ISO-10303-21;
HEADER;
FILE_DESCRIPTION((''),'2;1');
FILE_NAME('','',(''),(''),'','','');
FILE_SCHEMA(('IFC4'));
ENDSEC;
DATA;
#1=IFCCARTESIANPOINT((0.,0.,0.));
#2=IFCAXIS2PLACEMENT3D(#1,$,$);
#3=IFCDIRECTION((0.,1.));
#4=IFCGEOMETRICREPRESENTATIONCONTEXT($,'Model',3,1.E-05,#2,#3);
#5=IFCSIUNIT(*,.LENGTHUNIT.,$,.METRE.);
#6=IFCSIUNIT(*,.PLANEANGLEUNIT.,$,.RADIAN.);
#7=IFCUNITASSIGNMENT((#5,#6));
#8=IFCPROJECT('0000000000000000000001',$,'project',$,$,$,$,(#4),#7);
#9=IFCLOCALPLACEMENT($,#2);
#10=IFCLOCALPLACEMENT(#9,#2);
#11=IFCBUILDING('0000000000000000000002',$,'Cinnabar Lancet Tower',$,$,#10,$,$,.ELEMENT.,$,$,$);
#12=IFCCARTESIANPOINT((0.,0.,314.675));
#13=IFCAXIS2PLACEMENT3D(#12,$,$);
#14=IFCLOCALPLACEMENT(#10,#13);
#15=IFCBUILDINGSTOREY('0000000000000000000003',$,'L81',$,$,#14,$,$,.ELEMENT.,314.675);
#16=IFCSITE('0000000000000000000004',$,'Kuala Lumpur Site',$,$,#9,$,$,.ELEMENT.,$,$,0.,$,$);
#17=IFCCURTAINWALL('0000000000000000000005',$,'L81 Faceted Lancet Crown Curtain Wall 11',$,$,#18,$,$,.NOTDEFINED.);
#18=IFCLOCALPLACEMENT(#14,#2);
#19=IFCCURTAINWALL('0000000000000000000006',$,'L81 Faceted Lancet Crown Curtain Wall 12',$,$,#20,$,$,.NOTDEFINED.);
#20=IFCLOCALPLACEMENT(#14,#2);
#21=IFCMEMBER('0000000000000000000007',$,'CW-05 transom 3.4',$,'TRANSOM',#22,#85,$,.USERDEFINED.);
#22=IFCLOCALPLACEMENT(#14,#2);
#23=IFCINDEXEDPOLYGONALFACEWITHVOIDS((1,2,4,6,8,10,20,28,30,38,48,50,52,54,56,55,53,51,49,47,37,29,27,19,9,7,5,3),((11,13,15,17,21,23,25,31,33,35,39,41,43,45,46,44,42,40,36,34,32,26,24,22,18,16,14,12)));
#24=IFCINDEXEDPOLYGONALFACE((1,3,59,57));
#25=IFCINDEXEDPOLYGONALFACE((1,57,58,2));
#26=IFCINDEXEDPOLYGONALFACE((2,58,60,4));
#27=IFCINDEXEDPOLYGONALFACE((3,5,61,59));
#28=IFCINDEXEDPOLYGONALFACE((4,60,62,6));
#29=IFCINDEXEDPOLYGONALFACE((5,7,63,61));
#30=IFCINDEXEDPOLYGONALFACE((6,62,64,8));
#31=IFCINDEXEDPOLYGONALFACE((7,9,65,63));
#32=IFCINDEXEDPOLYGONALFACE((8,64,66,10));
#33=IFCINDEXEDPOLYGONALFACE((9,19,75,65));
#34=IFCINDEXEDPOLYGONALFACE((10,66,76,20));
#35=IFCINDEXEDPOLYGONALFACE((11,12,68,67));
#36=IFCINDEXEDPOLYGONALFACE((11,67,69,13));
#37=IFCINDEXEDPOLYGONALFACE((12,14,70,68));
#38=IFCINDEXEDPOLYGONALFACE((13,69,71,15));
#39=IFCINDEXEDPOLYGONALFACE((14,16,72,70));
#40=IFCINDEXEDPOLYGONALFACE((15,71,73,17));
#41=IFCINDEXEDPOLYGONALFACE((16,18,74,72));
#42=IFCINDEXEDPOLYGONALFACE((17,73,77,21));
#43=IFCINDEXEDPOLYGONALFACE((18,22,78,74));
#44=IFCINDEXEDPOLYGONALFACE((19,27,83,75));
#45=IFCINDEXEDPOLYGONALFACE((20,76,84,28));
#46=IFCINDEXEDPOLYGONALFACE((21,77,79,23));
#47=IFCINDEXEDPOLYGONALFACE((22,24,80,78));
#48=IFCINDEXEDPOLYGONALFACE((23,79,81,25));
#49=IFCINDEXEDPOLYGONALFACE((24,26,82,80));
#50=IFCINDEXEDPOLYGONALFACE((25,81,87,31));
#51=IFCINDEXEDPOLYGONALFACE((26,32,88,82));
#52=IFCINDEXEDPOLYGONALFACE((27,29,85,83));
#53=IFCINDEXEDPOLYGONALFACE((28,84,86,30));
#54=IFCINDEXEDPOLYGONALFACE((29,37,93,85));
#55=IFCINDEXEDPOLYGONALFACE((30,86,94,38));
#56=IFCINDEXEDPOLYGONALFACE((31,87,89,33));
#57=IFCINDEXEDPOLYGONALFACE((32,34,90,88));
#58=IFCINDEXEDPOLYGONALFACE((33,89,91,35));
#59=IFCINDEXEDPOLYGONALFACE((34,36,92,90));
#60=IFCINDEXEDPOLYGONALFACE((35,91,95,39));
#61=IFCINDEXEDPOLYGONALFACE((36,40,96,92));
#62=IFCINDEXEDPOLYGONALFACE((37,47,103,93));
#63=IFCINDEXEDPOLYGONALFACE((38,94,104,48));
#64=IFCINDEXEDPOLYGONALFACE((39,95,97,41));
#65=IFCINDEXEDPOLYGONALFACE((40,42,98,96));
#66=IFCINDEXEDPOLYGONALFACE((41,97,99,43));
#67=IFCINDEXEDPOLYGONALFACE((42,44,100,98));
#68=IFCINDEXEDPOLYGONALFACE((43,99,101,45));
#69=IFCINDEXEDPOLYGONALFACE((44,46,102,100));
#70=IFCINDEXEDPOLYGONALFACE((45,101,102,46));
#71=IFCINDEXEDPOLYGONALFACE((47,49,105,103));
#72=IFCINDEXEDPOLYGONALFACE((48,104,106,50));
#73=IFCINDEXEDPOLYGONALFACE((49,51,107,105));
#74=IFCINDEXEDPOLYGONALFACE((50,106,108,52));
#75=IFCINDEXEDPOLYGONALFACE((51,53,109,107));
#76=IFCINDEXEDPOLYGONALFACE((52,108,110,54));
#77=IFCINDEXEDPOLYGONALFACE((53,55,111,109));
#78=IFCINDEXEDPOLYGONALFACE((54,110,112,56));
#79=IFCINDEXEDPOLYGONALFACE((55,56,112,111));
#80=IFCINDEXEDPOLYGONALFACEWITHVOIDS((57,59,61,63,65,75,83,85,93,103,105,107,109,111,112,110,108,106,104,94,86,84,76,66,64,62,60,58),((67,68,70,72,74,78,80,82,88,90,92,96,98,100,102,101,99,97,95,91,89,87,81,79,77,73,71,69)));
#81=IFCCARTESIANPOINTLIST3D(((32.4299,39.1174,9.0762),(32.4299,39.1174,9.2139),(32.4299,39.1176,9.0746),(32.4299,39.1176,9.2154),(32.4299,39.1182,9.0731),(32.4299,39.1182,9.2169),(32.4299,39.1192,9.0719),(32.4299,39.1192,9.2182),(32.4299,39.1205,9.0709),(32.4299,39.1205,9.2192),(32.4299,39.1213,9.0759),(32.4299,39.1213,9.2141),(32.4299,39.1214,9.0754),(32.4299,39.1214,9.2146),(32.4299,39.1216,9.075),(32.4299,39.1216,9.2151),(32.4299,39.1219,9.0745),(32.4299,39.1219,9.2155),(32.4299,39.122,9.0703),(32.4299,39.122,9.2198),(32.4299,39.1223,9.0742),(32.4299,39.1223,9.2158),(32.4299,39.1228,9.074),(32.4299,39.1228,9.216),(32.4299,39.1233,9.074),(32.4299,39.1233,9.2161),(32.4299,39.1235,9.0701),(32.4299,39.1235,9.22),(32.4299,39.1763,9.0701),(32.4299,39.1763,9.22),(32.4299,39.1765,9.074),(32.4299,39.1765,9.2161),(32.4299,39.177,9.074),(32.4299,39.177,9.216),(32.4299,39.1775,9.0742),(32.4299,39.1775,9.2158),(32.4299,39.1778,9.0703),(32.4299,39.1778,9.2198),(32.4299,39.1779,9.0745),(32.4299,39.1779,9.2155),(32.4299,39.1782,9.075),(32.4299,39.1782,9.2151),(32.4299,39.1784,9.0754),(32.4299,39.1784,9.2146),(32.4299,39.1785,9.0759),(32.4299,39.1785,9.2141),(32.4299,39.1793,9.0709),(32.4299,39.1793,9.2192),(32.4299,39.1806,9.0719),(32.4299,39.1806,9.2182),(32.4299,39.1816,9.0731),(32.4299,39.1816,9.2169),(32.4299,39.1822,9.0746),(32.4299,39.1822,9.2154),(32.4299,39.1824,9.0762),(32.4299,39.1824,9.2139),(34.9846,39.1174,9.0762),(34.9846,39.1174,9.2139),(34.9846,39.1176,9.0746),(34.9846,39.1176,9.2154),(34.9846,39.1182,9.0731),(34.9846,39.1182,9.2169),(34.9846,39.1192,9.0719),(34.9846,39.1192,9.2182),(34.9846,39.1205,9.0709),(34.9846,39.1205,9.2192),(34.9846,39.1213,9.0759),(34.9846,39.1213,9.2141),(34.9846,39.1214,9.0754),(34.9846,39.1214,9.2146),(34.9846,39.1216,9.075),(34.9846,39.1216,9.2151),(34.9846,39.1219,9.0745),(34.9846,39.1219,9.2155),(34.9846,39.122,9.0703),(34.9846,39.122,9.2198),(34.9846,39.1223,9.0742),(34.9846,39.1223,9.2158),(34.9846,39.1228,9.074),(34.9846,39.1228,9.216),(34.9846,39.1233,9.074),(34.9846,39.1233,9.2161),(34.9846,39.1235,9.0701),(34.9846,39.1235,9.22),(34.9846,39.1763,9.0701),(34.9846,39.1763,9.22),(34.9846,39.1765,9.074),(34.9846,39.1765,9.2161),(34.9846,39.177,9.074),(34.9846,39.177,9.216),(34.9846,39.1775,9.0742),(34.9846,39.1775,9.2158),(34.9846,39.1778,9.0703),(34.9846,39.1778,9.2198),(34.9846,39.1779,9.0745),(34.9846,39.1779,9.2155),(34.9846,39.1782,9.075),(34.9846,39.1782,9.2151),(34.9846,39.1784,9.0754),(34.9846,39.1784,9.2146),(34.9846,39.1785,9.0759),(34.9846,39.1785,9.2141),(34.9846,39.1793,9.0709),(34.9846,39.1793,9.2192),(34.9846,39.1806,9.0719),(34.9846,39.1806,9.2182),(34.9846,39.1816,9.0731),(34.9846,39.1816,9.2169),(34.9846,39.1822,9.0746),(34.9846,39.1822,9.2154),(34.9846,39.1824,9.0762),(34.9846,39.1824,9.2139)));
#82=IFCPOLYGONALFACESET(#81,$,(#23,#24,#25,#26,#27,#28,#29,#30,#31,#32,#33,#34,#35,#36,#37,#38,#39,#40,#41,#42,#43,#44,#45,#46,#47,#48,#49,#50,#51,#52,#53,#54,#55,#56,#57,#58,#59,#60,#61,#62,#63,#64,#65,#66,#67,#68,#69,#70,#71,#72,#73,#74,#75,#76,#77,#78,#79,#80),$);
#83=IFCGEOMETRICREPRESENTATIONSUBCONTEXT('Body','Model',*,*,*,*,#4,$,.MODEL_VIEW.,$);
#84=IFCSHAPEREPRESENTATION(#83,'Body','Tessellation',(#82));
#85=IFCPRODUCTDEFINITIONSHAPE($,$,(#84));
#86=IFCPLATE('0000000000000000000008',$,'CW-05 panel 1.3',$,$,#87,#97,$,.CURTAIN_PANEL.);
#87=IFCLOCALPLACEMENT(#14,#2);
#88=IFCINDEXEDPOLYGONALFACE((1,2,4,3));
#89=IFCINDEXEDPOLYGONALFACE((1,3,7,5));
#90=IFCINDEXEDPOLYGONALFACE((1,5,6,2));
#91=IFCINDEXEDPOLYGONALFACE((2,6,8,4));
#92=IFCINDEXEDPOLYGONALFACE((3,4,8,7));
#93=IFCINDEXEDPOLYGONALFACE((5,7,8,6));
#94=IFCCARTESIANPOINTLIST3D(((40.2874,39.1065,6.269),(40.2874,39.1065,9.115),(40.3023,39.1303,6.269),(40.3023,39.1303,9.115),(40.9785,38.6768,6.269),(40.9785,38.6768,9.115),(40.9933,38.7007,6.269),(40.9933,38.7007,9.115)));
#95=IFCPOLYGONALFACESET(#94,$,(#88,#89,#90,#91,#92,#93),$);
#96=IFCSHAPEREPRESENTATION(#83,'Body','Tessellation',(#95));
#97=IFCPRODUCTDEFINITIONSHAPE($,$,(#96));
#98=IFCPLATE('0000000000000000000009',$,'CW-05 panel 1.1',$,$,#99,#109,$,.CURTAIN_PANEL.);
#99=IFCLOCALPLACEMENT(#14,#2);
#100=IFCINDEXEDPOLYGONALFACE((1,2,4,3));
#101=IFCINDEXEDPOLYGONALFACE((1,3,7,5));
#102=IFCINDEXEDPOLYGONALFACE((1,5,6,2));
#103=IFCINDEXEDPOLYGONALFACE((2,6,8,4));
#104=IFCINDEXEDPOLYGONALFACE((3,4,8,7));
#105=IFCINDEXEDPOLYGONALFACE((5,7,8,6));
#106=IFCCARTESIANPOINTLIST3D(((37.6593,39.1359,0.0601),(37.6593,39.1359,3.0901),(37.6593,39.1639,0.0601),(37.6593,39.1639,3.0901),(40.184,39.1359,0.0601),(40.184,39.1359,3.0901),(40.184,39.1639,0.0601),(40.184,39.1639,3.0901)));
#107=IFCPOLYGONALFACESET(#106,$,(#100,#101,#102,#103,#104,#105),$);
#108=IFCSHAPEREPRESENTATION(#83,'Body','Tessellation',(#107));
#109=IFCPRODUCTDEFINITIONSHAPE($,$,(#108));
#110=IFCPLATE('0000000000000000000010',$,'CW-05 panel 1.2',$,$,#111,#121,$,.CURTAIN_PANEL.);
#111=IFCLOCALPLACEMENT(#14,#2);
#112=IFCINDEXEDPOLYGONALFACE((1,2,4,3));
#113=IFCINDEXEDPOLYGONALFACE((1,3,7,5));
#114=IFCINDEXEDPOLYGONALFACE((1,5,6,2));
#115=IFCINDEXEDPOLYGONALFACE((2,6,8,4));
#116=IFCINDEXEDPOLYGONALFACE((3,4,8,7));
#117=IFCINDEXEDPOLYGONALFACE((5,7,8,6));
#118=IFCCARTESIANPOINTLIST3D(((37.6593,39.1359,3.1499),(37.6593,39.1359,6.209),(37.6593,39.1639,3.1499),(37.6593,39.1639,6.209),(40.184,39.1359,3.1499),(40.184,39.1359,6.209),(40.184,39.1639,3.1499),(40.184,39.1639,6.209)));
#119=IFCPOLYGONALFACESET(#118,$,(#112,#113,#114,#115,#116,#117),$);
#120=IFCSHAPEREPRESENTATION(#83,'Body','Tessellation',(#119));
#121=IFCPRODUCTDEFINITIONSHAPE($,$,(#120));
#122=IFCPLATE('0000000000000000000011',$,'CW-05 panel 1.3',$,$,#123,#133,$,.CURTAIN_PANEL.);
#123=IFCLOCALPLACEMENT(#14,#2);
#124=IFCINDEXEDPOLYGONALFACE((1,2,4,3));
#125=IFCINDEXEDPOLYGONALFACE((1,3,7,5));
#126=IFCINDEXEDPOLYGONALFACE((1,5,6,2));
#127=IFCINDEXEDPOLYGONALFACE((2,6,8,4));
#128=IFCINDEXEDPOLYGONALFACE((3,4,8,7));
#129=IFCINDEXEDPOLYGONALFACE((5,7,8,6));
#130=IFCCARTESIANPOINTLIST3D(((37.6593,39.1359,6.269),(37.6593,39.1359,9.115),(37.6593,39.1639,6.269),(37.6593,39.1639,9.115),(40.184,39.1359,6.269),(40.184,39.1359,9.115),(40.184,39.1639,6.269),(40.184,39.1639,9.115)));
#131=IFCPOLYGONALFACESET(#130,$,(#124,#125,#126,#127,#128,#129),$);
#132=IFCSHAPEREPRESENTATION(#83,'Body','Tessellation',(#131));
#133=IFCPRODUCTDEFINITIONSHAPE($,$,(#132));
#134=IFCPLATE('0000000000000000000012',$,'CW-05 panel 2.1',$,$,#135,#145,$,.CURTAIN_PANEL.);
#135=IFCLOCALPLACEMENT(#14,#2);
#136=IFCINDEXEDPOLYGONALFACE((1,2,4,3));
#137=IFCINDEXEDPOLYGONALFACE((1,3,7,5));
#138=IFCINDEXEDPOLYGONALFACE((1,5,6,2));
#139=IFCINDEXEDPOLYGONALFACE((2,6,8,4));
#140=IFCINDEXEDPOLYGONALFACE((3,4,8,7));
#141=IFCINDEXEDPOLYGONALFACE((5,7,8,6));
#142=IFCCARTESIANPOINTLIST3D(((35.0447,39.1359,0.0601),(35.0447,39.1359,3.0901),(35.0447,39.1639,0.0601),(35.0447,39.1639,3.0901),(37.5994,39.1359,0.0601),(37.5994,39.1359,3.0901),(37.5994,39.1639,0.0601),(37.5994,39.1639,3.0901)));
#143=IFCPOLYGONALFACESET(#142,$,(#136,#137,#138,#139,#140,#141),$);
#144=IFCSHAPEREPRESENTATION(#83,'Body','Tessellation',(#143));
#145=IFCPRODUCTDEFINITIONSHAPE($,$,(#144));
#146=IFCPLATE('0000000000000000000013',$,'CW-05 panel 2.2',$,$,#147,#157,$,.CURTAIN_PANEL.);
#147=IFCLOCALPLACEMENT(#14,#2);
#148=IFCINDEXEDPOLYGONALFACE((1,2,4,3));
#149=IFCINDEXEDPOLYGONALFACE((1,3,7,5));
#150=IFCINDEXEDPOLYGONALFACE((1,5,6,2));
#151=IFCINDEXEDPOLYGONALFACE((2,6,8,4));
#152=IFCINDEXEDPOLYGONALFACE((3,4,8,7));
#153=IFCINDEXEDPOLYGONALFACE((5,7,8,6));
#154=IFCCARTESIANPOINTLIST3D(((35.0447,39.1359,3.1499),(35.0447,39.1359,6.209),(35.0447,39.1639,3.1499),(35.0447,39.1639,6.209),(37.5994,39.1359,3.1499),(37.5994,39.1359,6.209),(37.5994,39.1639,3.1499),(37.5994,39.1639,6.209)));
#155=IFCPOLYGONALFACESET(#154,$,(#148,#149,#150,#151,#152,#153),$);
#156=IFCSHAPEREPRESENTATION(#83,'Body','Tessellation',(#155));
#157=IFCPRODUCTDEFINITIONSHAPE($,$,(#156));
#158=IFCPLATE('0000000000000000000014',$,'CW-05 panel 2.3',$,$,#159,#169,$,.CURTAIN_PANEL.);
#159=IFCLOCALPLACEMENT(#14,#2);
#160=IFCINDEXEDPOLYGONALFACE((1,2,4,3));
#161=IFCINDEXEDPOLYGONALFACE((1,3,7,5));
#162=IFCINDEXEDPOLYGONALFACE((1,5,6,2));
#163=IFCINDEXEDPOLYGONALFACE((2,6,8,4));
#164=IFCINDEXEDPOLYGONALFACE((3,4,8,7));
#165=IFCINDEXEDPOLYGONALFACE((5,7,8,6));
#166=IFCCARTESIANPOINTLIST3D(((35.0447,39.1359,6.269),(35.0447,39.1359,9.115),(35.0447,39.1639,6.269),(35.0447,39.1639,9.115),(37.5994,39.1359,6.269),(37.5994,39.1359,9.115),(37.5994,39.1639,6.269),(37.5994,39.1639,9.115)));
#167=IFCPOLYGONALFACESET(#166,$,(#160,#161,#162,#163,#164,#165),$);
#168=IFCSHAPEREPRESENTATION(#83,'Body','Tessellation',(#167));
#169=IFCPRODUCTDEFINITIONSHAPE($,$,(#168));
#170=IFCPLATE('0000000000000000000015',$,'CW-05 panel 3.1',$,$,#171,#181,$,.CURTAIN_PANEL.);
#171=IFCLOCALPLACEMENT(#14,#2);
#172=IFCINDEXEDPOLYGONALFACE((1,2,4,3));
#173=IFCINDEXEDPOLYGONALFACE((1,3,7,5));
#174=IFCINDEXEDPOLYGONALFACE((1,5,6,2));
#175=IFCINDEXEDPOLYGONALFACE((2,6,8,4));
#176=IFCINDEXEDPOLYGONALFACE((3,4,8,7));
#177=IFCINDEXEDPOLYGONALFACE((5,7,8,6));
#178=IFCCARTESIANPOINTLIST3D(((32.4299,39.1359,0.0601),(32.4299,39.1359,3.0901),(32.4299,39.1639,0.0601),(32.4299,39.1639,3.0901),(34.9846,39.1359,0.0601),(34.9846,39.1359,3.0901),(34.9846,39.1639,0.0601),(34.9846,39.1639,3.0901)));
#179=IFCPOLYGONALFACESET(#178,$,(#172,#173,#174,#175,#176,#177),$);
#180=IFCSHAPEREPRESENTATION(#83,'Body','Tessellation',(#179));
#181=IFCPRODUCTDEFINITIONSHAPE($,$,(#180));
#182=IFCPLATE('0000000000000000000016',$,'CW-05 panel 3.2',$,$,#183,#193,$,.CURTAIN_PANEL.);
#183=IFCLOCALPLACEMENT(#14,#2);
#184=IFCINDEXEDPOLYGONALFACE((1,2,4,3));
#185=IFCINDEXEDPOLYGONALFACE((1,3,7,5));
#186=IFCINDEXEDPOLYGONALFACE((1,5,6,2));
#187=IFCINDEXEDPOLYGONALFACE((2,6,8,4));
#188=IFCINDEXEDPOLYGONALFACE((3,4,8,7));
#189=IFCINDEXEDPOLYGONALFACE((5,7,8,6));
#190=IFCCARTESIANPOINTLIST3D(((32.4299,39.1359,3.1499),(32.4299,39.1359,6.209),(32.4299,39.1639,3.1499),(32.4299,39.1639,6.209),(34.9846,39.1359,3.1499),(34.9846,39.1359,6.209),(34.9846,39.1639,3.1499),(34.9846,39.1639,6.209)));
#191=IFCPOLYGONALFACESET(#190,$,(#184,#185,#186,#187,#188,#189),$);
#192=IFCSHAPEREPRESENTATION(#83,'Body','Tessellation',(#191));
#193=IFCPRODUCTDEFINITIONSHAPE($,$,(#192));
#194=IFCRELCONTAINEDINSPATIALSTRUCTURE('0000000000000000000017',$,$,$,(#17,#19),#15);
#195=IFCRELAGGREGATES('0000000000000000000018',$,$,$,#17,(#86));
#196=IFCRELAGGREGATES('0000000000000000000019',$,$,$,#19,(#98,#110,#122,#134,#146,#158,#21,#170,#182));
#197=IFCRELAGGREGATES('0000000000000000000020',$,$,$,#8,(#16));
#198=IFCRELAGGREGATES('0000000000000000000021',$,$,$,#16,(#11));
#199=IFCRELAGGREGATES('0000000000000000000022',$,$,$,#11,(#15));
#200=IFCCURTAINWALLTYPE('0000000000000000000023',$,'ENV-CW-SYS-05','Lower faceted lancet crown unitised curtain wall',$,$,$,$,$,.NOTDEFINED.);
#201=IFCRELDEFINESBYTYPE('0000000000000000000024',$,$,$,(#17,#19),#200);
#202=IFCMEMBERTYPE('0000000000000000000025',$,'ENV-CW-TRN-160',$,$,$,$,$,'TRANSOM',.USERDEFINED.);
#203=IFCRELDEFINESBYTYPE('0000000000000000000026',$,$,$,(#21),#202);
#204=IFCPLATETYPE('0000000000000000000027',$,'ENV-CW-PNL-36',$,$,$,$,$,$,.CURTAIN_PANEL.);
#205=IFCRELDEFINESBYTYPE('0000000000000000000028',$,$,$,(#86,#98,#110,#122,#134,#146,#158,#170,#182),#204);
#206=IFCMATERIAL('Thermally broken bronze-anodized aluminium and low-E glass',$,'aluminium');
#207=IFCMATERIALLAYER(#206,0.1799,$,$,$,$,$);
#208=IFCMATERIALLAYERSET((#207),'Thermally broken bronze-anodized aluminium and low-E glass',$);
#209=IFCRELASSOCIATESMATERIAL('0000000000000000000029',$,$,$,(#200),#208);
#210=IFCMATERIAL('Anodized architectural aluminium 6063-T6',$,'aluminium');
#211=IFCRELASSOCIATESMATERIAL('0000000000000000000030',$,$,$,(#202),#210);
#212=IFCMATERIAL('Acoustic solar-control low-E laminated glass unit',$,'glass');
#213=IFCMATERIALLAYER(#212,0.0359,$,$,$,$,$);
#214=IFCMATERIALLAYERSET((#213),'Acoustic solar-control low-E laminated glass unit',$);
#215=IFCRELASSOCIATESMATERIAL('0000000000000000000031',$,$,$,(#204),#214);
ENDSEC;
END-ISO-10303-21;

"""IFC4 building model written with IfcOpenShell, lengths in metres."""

from ifc_helpers import new_model, si_unit, direction, frame, origin, origin_2d, place, context, subcontext, project, spatial, rectangle, hollow_rectangle, extrude, material, layer, layer_set, material_profile, profile_set, type_object, element, aggregate, save


model = new_model("IFC4")

# Units and contexts
model_context = context("Model", 3, precision=1e-05, world=origin(), true_north=direction((0.0, 1.0)))
body_context = subcontext(model_context, "Body", "Model", "MODEL_VIEW")
ifc_project = project(units=[si_unit("LENGTHUNIT", "METRE"), si_unit("PLANEANGLEUNIT", "RADIAN")], contexts=[model_context])

# Site, building, storey
site_placement = place(None, origin())
site = spatial("IfcSite", under=ifc_project, at=site_placement, Name="Kuala Lumpur Site", CompositionType="ELEMENT", RefElevation=0.0)
building_placement = place(site_placement, origin())
building = spatial("IfcBuilding", under=site, at=building_placement, Name="Cinnabar Lancet Tower", CompositionType="ELEMENT")
storey_placement = place(building_placement, frame((0.0, 0.0, 314.675)))
storey = spatial("IfcBuildingStorey", under=building, at=storey_placement, Name="L81", CompositionType="ELEMENT", Elevation=314.675)

# Curtain wall
ifc_material_1 = material(Name="Thermally broken bronze-anodized aluminium and low-E glass", Category="aluminium")
ifc_layer_1 = layer(ifc_material_1, 0.1799)
ifc_layer_set_1 = layer_set([ifc_layer_1], Name="Thermally broken bronze-anodized aluminium and low-E glass")
curtain_wall_type = type_object("IfcCurtainWallType", Name="ENV-CW-SYS-05", Description="Lower faceted lancet crown unitised curtain wall", PredefinedType="NOTDEFINED", material=ifc_layer_set_1)
curtain_wall_1_placement = place(storey_placement, origin())
curtain_wall_1 = element("IfcCurtainWall", 1, at=curtain_wall_1_placement, inside=storey, type_object=curtain_wall_type, Name="L81 Faceted Lancet Crown Curtain Wall 11", PredefinedType="NOTDEFINED")

# Curtain wall, member
curtain_wall_2_placement = place(storey_placement, origin())
curtain_wall_2 = element("IfcCurtainWall", 2, at=curtain_wall_2_placement, inside=storey, type_object=curtain_wall_type, Name="L81 Faceted Lancet Crown Curtain Wall 12", PredefinedType="NOTDEFINED")
ifc_material_2 = material(Name="Anodized architectural aluminium 6063-T6", Category="aluminium")
ifc_material_profile_1 = material_profile(ifc_material_2, hollow_rectangle(XDim=0.0649, YDim=0.1499, WallThickness=0.0039, InnerFilletRadius=0.002, OuterFilletRadius=0.0061, at=origin_2d()), Name="CW-TRN 150x65x4")
ifc_profile_set_1 = profile_set([ifc_material_profile_1], Name="Anodized architectural aluminium 6063-T6")
member_type_1 = type_object("IfcMemberType", Name="ENV-CW-TRN-160", ElementType="TRANSOM", PredefinedType="USERDEFINED", material=ifc_profile_set_1)
member_1_placement = place(storey_placement, frame((34.9846, 39.1499, 9.145), z_axis=(-1.0, 0.0, 0.0), x_axis=(0.0, -1.0, 0.0)))
member_1 = element("IfcMember", 3, at=member_1_placement, type_object=member_type_1, Name="CW-05 transom 3.4", ObjectType="TRANSOM", PredefinedType="USERDEFINED", context=body_context, shape_type="SweptSolid", body=[
    extrude(hollow_rectangle(XDim=0.0649, YDim=0.1499, WallThickness=0.0039, InnerFilletRadius=0.002, OuterFilletRadius=0.0061, at=origin_2d()), origin(), (0.0, 0.0, 1.0), 2.5547),
])

# Plates
ifc_material_3 = material(Name="Acoustic solar-control low-E laminated glass unit", Category="glass")
ifc_layer_2 = layer(ifc_material_3, 0.0359)
ifc_layer_set_2 = layer_set([ifc_layer_2], Name="Acoustic solar-control low-E laminated glass unit")
plate_type = type_object("IfcPlateType", Name="ENV-CW-PNL-36", PredefinedType="CURTAIN_PANEL", material=ifc_layer_set_2)
plate_1_placement = place(storey_placement, frame((40.6404, 38.9036, 6.269), z_axis=(0.0, 0.0, 1.0), x_axis=(-0.849259, 0.527976, 0.0)))
plate_1 = element("IfcPlate", 4, at=plate_1_placement, type_object=plate_type, Name="CW-05 panel 1.3", PredefinedType="CURTAIN_PANEL", context=body_context, shape_type="SweptSolid", body=[
    extrude(rectangle(XDim=0.8137, YDim=0.0281, at=origin_2d()), origin(), (0.0, 0.0, 1.0), 2.8459),
])
aggregate(curtain_wall_1, [plate_1])
plate_2_placement = place(storey_placement, frame((38.9216, 39.1499, 0.0601), z_axis=(0.0, 0.0, 1.0), x_axis=(-1.0, 0.0, 0.0)))
plate_2 = element("IfcPlate", 5, at=plate_2_placement, type_object=plate_type, Name="CW-05 panel 1.1", PredefinedType="CURTAIN_PANEL", context=body_context, shape_type="SweptSolid", body=[
    extrude(rectangle(XDim=2.5247, YDim=0.0281, at=origin_2d()), origin(), (0.0, 0.0, 1.0), 3.03),
])
plate_3_placement = place(storey_placement, frame((38.9216, 39.1499, 3.1499), z_axis=(0.0, 0.0, 1.0), x_axis=(-1.0, 0.0, 0.0)))
plate_3 = element("IfcPlate", 6, at=plate_3_placement, type_object=plate_type, Name="CW-05 panel 1.2", PredefinedType="CURTAIN_PANEL", context=body_context, shape_type="SweptSolid", body=[
    extrude(rectangle(XDim=2.5247, YDim=0.0281, at=origin_2d()), origin(), (0.0, 0.0, 1.0), 3.0591),
])
plate_4_placement = place(storey_placement, frame((38.9216, 39.1499, 6.269), z_axis=(0.0, 0.0, 1.0), x_axis=(-1.0, 0.0, 0.0)))
plate_4 = element("IfcPlate", 7, at=plate_4_placement, type_object=plate_type, Name="CW-05 panel 1.3", PredefinedType="CURTAIN_PANEL", context=body_context, shape_type="SweptSolid", body=[
    extrude(rectangle(XDim=2.5247, YDim=0.0281, at=origin_2d()), origin(), (0.0, 0.0, 1.0), 2.8459),
])
plate_5_placement = place(storey_placement, frame((36.322, 39.1499, 0.0601), z_axis=(0.0, 0.0, 1.0), x_axis=(-1.0, 0.0, 0.0)))
plate_5 = element("IfcPlate", 8, at=plate_5_placement, type_object=plate_type, Name="CW-05 panel 2.1", PredefinedType="CURTAIN_PANEL", context=body_context, shape_type="SweptSolid", body=[
    extrude(rectangle(XDim=2.5547, YDim=0.0281, at=origin_2d()), origin(), (0.0, 0.0, 1.0), 3.03),
])
plate_6_placement = place(storey_placement, frame((36.322, 39.1499, 3.1499), z_axis=(0.0, 0.0, 1.0), x_axis=(-1.0, 0.0, 0.0)))
plate_6 = element("IfcPlate", 9, at=plate_6_placement, type_object=plate_type, Name="CW-05 panel 2.2", PredefinedType="CURTAIN_PANEL", context=body_context, shape_type="SweptSolid", body=[
    extrude(rectangle(XDim=2.5547, YDim=0.0281, at=origin_2d()), origin(), (0.0, 0.0, 1.0), 3.0591),
])
plate_7_placement = place(storey_placement, frame((36.322, 39.1499, 6.269), z_axis=(0.0, 0.0, 1.0), x_axis=(-1.0, 0.0, 0.0)))
plate_7 = element("IfcPlate", 10, at=plate_7_placement, type_object=plate_type, Name="CW-05 panel 2.3", PredefinedType="CURTAIN_PANEL", context=body_context, shape_type="SweptSolid", body=[
    extrude(rectangle(XDim=2.5547, YDim=0.0281, at=origin_2d()), origin(), (0.0, 0.0, 1.0), 2.8459),
])
plate_8_placement = place(storey_placement, frame((33.7073, 39.1499, 0.0601), z_axis=(0.0, 0.0, 1.0), x_axis=(-1.0, 0.0, 0.0)))
plate_8 = element("IfcPlate", 11, at=plate_8_placement, type_object=plate_type, Name="CW-05 panel 3.1", PredefinedType="CURTAIN_PANEL", context=body_context, shape_type="SweptSolid", body=[
    extrude(rectangle(XDim=2.5547, YDim=0.0281, at=origin_2d()), origin(), (0.0, 0.0, 1.0), 3.03),
])
plate_9_placement = place(storey_placement, frame((33.7073, 39.1499, 3.1499), z_axis=(0.0, 0.0, 1.0), x_axis=(-1.0, 0.0, 0.0)))
plate_9 = element("IfcPlate", 12, at=plate_9_placement, type_object=plate_type, Name="CW-05 panel 3.2", PredefinedType="CURTAIN_PANEL", context=body_context, shape_type="SweptSolid", body=[
    extrude(rectangle(XDim=2.5547, YDim=0.0281, at=origin_2d()), origin(), (0.0, 0.0, 1.0), 3.0591),
])
aggregate(curtain_wall_2, [plate_2, plate_3, plate_4, plate_5, plate_6, plate_7, member_1, plate_8, plate_9])

save(model, "model.ifc")
